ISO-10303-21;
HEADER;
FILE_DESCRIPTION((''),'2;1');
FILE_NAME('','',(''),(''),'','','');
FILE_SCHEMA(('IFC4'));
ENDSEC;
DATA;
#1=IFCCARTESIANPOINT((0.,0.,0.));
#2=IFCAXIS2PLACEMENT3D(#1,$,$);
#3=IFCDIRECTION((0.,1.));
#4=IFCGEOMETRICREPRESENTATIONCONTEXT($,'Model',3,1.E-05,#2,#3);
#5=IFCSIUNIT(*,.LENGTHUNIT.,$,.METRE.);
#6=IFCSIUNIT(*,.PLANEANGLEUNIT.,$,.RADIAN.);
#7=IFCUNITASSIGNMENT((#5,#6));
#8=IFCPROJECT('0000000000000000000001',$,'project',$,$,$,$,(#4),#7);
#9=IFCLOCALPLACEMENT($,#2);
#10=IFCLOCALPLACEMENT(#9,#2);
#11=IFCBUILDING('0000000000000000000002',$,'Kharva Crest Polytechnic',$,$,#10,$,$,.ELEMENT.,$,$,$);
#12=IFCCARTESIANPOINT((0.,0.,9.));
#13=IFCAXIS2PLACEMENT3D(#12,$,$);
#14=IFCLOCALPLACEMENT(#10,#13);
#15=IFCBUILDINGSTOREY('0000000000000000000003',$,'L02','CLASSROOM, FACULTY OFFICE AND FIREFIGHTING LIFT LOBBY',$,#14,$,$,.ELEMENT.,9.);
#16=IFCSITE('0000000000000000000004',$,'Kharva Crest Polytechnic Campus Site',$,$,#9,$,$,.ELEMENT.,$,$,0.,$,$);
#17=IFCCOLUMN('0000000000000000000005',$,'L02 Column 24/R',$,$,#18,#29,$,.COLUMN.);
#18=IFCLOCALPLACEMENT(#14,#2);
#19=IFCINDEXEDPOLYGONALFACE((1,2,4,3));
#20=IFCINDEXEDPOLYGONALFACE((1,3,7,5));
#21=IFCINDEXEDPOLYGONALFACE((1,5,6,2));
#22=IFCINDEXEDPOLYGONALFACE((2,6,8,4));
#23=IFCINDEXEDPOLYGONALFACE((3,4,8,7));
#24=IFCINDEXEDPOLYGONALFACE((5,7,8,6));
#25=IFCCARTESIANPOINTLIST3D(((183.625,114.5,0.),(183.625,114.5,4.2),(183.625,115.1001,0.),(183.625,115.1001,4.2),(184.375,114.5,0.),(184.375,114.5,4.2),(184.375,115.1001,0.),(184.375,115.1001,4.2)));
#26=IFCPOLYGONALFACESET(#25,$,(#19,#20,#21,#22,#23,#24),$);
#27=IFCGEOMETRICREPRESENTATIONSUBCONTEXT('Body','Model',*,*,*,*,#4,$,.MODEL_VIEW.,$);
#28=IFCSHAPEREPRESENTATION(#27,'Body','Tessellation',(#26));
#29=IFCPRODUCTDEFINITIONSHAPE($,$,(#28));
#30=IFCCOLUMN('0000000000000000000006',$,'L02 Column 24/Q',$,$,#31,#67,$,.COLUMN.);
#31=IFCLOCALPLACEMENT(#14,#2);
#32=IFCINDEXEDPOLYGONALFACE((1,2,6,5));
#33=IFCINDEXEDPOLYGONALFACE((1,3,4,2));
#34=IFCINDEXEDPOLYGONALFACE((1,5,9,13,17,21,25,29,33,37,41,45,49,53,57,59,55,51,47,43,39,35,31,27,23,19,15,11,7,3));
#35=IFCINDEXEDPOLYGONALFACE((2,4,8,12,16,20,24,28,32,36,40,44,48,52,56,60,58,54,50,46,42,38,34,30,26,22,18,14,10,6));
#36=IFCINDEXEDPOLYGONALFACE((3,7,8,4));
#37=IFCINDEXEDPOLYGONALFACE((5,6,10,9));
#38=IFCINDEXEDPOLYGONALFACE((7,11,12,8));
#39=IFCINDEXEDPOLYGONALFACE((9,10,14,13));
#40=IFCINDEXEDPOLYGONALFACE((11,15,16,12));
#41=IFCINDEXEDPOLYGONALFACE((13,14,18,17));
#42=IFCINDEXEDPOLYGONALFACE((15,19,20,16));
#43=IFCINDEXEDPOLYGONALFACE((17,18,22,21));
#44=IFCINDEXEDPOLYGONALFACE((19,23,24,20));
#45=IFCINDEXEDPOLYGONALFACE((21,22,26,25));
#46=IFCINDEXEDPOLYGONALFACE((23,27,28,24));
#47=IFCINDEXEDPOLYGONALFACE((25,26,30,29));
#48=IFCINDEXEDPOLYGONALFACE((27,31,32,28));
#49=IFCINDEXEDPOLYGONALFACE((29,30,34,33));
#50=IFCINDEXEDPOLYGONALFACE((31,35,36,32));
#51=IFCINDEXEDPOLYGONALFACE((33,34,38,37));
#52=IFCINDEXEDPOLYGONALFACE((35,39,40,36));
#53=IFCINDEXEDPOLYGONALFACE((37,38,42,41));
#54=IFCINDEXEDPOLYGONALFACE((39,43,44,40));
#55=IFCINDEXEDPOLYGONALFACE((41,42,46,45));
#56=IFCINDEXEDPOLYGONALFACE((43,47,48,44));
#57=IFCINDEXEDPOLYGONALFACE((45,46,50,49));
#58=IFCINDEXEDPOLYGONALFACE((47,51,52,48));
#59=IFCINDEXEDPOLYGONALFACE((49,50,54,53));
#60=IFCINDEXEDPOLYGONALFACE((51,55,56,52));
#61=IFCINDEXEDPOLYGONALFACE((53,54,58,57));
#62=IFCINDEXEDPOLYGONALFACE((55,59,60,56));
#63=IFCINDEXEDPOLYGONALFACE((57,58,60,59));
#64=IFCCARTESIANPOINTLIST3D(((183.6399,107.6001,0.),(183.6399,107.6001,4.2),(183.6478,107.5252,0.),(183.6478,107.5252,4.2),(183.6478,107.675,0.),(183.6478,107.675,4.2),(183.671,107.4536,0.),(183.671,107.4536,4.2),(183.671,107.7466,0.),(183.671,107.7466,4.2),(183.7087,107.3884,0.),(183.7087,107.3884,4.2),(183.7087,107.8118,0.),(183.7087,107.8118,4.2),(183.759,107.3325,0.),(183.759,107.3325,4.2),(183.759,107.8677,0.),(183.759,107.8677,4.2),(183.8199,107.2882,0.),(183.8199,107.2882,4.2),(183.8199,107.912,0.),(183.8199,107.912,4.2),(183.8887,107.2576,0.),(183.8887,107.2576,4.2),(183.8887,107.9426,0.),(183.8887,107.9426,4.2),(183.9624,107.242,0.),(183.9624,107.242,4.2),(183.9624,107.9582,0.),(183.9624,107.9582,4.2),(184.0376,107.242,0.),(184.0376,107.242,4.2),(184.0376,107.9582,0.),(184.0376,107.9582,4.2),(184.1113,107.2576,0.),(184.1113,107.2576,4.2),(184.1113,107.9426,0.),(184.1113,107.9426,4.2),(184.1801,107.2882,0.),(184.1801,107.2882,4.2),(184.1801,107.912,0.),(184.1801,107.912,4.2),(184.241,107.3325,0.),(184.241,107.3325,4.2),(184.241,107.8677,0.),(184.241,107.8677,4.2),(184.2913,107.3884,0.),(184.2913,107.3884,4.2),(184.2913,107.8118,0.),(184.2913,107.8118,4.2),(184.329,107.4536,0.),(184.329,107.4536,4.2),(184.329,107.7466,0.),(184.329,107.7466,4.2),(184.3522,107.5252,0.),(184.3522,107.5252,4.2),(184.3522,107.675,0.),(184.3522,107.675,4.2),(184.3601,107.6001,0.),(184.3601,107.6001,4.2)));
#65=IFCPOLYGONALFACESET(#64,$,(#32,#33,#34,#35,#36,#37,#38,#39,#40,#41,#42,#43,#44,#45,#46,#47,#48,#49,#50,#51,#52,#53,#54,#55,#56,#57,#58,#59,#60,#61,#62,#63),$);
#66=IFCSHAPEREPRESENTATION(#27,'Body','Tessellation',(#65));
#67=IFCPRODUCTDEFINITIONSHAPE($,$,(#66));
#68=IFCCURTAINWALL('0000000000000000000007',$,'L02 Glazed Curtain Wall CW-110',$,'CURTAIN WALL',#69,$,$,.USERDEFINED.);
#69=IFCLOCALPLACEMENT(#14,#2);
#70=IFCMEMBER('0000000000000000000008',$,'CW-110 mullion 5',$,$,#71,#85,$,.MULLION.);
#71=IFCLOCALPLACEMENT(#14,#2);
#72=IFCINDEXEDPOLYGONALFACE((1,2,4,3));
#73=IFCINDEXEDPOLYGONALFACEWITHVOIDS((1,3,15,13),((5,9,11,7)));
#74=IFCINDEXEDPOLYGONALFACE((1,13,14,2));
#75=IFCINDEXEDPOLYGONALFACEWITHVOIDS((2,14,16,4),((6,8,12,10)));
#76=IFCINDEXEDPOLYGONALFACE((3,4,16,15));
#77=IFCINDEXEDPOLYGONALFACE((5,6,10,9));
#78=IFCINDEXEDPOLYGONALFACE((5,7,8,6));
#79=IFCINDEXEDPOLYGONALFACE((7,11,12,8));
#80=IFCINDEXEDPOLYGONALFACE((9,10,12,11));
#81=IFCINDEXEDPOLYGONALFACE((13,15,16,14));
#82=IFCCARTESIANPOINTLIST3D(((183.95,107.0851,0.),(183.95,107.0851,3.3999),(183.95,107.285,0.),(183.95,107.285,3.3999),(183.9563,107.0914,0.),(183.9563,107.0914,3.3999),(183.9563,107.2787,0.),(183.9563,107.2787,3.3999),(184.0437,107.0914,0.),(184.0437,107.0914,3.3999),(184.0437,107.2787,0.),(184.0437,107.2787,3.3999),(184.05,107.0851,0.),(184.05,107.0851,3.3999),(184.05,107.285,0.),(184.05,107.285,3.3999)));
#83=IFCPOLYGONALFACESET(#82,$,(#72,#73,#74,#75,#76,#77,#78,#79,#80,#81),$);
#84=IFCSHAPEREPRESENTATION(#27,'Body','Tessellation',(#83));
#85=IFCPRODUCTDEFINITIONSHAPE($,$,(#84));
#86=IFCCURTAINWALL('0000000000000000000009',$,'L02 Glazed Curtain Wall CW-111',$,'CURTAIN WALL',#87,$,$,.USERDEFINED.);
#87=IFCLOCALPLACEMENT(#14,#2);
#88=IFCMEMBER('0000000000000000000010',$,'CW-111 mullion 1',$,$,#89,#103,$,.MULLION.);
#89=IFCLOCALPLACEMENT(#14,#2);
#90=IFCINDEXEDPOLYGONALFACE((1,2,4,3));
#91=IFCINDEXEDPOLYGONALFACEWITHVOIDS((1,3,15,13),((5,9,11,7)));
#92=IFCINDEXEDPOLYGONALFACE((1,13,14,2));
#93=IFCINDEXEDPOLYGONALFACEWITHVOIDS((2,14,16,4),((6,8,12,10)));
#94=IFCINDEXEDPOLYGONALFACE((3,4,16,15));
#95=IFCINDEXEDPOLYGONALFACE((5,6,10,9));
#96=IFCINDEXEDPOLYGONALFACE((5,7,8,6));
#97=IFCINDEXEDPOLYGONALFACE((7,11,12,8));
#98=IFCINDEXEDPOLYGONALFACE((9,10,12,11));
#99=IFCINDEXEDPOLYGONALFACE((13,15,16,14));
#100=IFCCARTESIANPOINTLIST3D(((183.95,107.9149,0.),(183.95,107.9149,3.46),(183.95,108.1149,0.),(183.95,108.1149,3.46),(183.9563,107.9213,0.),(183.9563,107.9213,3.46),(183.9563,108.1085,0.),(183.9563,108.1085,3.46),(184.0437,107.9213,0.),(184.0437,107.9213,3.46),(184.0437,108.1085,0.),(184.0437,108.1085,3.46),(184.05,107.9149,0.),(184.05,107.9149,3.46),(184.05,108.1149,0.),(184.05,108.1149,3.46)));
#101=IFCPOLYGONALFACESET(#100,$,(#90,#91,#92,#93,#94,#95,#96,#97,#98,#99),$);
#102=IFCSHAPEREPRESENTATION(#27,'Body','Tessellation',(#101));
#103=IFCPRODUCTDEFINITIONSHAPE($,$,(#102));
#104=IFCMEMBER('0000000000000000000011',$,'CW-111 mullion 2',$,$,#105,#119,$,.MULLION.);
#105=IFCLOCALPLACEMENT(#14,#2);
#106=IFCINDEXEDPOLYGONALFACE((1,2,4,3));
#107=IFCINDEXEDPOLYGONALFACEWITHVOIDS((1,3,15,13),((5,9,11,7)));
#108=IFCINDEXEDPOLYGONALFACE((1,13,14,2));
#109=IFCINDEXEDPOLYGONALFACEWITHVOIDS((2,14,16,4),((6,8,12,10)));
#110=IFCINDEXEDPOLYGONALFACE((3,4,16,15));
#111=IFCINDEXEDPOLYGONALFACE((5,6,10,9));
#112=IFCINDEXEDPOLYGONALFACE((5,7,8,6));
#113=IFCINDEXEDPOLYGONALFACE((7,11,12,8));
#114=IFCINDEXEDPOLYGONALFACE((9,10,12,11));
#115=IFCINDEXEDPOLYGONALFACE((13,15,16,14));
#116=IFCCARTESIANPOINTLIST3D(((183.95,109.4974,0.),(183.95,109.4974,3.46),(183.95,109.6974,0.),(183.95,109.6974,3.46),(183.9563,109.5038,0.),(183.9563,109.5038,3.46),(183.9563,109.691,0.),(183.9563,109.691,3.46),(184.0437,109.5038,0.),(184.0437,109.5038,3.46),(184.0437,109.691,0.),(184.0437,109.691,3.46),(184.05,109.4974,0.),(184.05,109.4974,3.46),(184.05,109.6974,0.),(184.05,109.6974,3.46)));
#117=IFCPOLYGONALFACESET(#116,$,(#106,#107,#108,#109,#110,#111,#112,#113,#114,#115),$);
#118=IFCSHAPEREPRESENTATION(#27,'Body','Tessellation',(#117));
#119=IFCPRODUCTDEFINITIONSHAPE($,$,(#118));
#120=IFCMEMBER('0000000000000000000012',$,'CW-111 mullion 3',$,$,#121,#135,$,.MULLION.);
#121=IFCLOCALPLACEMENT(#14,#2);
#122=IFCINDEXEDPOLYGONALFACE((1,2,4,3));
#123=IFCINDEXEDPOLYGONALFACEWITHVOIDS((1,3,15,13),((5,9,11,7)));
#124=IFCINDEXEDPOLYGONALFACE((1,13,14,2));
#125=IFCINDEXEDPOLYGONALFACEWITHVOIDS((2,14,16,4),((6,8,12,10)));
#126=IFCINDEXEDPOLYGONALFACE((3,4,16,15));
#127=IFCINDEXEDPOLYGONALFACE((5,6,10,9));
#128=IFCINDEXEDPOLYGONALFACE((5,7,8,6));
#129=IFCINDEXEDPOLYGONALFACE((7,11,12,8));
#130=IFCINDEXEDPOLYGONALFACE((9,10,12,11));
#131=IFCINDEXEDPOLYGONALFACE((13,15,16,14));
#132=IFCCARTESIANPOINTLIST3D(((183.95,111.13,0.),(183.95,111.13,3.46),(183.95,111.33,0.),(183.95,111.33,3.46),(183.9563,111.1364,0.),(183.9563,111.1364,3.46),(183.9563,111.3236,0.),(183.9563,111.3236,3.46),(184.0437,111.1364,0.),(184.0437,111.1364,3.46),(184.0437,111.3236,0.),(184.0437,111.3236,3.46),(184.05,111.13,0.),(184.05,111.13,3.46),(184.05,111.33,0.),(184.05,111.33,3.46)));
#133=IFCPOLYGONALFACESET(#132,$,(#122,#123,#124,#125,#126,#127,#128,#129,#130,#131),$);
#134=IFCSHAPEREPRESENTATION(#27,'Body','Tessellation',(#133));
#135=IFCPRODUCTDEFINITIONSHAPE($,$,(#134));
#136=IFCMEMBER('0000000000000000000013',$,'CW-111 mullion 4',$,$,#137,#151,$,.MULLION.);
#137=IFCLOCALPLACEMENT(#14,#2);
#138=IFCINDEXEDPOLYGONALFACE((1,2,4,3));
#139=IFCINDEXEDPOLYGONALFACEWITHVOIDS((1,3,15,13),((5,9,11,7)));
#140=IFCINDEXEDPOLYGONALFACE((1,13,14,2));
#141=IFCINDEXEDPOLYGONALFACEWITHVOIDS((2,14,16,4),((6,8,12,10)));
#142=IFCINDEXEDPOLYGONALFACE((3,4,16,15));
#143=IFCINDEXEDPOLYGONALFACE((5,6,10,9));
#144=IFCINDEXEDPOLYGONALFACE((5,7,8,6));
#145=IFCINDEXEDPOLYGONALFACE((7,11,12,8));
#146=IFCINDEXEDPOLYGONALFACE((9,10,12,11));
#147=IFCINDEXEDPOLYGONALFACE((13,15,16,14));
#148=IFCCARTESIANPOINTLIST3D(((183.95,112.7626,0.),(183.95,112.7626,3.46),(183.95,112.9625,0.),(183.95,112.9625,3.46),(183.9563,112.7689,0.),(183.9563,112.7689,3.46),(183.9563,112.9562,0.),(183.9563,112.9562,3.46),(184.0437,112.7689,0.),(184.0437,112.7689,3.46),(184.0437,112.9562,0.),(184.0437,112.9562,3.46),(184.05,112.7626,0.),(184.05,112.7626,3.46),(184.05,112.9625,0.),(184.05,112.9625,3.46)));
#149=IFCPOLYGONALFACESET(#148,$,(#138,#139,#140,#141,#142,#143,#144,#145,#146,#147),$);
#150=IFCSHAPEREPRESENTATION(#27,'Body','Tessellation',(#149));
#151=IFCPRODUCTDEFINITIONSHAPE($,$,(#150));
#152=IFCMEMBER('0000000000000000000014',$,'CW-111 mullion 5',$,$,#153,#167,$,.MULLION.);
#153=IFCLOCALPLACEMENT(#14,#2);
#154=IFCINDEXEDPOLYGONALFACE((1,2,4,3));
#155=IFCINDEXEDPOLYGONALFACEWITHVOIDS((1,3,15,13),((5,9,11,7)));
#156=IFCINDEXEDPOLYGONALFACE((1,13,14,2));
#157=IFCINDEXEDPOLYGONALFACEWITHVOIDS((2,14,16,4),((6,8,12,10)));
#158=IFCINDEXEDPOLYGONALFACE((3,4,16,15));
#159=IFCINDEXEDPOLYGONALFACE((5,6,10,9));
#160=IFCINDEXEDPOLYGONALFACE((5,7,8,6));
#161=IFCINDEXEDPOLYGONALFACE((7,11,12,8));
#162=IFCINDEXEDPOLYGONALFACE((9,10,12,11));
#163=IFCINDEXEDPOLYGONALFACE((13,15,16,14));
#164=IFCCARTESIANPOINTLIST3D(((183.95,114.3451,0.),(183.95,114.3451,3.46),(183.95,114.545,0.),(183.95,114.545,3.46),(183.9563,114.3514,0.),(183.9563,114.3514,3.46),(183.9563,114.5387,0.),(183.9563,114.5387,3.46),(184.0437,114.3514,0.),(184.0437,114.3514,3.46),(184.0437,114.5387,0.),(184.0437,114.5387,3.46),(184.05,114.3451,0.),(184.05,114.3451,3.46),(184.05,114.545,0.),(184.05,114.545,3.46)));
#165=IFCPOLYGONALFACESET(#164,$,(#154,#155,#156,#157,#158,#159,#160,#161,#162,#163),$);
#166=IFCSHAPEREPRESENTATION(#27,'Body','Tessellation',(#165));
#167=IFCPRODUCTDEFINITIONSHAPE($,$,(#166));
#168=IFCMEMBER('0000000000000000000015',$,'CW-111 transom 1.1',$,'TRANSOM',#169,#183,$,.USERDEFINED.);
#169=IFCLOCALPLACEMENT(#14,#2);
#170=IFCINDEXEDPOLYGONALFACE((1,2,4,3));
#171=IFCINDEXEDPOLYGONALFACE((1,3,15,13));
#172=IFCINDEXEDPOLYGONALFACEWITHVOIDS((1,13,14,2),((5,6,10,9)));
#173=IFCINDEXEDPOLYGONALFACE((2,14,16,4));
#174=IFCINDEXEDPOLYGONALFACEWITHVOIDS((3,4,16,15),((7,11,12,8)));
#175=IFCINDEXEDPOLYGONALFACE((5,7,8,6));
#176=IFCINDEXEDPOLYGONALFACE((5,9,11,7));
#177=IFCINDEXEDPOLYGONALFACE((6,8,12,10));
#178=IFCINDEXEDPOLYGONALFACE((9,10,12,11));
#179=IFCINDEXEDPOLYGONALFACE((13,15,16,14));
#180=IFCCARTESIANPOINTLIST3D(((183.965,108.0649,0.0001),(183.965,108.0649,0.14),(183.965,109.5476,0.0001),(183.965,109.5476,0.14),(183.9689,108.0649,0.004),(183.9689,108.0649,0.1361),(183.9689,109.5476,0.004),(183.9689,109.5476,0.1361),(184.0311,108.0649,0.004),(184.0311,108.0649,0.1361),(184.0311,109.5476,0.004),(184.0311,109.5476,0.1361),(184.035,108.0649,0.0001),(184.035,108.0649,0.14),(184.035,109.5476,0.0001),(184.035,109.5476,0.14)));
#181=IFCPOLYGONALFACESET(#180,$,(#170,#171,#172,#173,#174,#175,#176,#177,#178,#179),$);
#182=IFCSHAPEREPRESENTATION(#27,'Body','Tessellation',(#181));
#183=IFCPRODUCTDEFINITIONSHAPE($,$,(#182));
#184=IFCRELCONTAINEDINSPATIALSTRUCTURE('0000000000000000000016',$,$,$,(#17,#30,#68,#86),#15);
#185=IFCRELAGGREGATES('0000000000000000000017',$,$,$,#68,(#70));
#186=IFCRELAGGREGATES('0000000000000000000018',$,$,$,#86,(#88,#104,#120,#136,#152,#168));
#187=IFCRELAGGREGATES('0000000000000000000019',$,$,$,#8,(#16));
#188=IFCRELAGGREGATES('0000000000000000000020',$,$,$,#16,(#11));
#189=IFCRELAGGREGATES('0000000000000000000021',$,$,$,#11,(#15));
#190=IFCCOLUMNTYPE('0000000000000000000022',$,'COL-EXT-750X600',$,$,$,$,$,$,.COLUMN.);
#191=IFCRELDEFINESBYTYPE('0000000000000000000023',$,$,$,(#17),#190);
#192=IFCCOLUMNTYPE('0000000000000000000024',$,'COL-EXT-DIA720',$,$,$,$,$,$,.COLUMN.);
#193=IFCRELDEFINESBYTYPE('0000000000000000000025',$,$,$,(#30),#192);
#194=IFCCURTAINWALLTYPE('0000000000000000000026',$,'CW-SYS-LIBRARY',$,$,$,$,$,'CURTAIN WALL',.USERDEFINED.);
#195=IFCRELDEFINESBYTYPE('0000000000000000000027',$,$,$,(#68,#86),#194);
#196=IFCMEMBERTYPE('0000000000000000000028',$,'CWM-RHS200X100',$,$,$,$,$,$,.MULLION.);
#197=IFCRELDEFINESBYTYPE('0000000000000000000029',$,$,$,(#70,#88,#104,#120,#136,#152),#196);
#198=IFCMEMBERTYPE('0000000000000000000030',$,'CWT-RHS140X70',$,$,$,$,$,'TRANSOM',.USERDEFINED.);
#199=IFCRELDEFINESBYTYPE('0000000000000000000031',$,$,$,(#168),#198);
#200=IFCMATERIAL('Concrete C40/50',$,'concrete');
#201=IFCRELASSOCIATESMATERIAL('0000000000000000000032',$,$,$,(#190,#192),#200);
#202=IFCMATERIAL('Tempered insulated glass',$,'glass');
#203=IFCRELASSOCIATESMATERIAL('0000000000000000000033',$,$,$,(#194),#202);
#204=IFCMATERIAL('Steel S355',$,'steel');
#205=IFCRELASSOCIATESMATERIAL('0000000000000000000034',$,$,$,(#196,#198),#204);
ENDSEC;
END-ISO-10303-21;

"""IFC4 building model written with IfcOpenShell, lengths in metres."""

from ifc_helpers import new_model, si_unit, direction, frame, origin, origin_2d, place, context, subcontext, project, spatial, rectangle, hollow_rectangle, circle, extrude, material, material_profile, profile_set, type_object, element, aggregate, save


model = new_model("IFC4")

# Units and contexts
model_context = context("Model", 3, precision=1e-05, world=origin(), true_north=direction((0.0, 1.0)))
body_context = subcontext(model_context, "Body", "Model", "MODEL_VIEW")
ifc_project = project(units=[si_unit("LENGTHUNIT", "METRE"), si_unit("PLANEANGLEUNIT", "RADIAN")], contexts=[model_context])

# Site, building, storey
site_placement = place(None, origin())
site = spatial("IfcSite", under=ifc_project, at=site_placement, Name="Kharva Crest Polytechnic Campus Site", CompositionType="ELEMENT", RefElevation=0.0)
building_placement = place(site_placement, origin())
building = spatial("IfcBuilding", under=site, at=building_placement, Name="Kharva Crest Polytechnic", CompositionType="ELEMENT")
storey_placement = place(building_placement, frame((0.0, 0.0, 9.0)))
storey = spatial("IfcBuildingStorey", under=building, at=storey_placement, Name="L02", Description="CLASSROOM, FACULTY OFFICE AND FIREFIGHTING LIFT LOBBY", CompositionType="ELEMENT", Elevation=9.0)

# Columns
ifc_material_1 = material(Name="Concrete C40/50", Category="concrete")
ifc_material_profile_1 = material_profile(ifc_material_1, rectangle(XDim=0.75, YDim=0.6001, at=origin_2d()), Name="RECT 750 X 600")
ifc_profile_set_1 = profile_set([ifc_material_profile_1], Name="Concrete C40/50")
column_type_1 = type_object("IfcColumnType", Name="COL-EXT-750X600", PredefinedType="COLUMN", material=ifc_profile_set_1)
column_1_placement = place(storey_placement, frame((184.0, 114.8, 0.0), z_axis=(0.0, 0.0, 1.0), x_axis=(1.0, 0.0, 0.0)))
element("IfcColumn", 1, at=column_1_placement, inside=storey, type_object=column_type_1, Name="L02 Column 24/R", PredefinedType="COLUMN", context=body_context, shape_type="SweptSolid", body=[
    extrude(rectangle(XDim=0.75, YDim=0.6001, at=origin_2d()), origin(), (0.0, 0.0, 1.0), 4.2),
])
ifc_material_profile_2 = material_profile(ifc_material_1, circle(Radius=0.3601, at=origin_2d()), Name="DIA 720")
ifc_profile_set_2 = profile_set([ifc_material_profile_2], Name="Concrete C40/50")
column_type_2 = type_object("IfcColumnType", Name="COL-EXT-DIA720", PredefinedType="COLUMN", material=ifc_profile_set_2)
column_2_placement = place(storey_placement, frame((184.0, 107.6001, 0.0), z_axis=(0.0, 0.0, 1.0), x_axis=(1.0, 0.0, 0.0)))
element("IfcColumn", 2, at=column_2_placement, inside=storey, type_object=column_type_2, Name="L02 Column 24/Q", PredefinedType="COLUMN", context=body_context, shape_type="SweptSolid", body=[
    extrude(circle(Radius=0.3601, at=origin_2d()), origin(), (0.0, 0.0, 1.0), 4.2),
])

# Curtain wall, member
ifc_material_2 = material(Name="Tempered insulated glass", Category="glass")
curtain_wall_type = type_object("IfcCurtainWallType", Name="CW-SYS-LIBRARY", ElementType="CURTAIN WALL", PredefinedType="USERDEFINED", material=ifc_material_2)
curtain_wall_1_placement = place(storey_placement, origin())
curtain_wall_1 = element("IfcCurtainWall", 3, at=curtain_wall_1_placement, inside=storey, type_object=curtain_wall_type, Name="L02 Glazed Curtain Wall CW-110", ObjectType="CURTAIN WALL", PredefinedType="USERDEFINED")
ifc_material_3 = material(Name="Steel S355", Category="steel")
ifc_material_profile_3 = material_profile(ifc_material_3, hollow_rectangle(XDim=0.1001, YDim=0.2, WallThickness=0.0063, at=origin_2d()), Name="RHS 200X100X6.3")
ifc_profile_set_3 = profile_set([ifc_material_profile_3], Name="Steel S355")
member_type_1 = type_object("IfcMemberType", Name="CWM-RHS200X100", PredefinedType="MULLION", material=ifc_profile_set_3)
member_1_placement = place(storey_placement, frame((184.0, 107.1851, 0.0), z_axis=(0.0, 0.0, 1.0), x_axis=(-1.0, 0.0, 0.0)))
member_1 = element("IfcMember", 4, at=member_1_placement, type_object=member_type_1, Name="CW-110 mullion 5", PredefinedType="MULLION", context=body_context, shape_type="SweptSolid", body=[
    extrude(hollow_rectangle(XDim=0.1001, YDim=0.2, WallThickness=0.0063, at=origin_2d()), origin(), (0.0, 0.0, 1.0), 3.3999),
])
aggregate(curtain_wall_1, [member_1])

# Curtain wall, members
curtain_wall_2_placement = place(storey_placement, origin())
curtain_wall_2 = element("IfcCurtainWall", 5, at=curtain_wall_2_placement, inside=storey, type_object=curtain_wall_type, Name="L02 Glazed Curtain Wall CW-111", ObjectType="CURTAIN WALL", PredefinedType="USERDEFINED")
member_2_placement = place(storey_placement, frame((184.0, 108.0149, 0.0), z_axis=(0.0, 0.0, 1.0), x_axis=(-1.0, 0.0, 0.0)))
member_2 = element("IfcMember", 6, at=member_2_placement, type_object=member_type_1, Name="CW-111 mullion 1", PredefinedType="MULLION", context=body_context, shape_type="SweptSolid", body=[
    extrude(hollow_rectangle(XDim=0.1001, YDim=0.2, WallThickness=0.0063, at=origin_2d()), origin(), (0.0, 0.0, 1.0), 3.46),
])
member_3_placement = place(storey_placement, frame((184.0, 109.5974, 0.0), z_axis=(0.0, 0.0, 1.0), x_axis=(-1.0, 0.0, 0.0)))
member_3 = element("IfcMember", 7, at=member_3_placement, type_object=member_type_1, Name="CW-111 mullion 2", PredefinedType="MULLION", context=body_context, shape_type="SweptSolid", body=[
    extrude(hollow_rectangle(XDim=0.1001, YDim=0.2, WallThickness=0.0063, at=origin_2d()), origin(), (0.0, 0.0, 1.0), 3.46),
])
member_4_placement = place(storey_placement, frame((184.0, 111.23, 0.0), z_axis=(0.0, 0.0, 1.0), x_axis=(-1.0, 0.0, 0.0)))
member_4 = element("IfcMember", 8, at=member_4_placement, type_object=member_type_1, Name="CW-111 mullion 3", PredefinedType="MULLION", context=body_context, shape_type="SweptSolid", body=[
    extrude(hollow_rectangle(XDim=0.1001, YDim=0.2, WallThickness=0.0063, at=origin_2d()), origin(), (0.0, 0.0, 1.0), 3.46),
])
member_5_placement = place(storey_placement, frame((184.0, 112.8625, 0.0), z_axis=(0.0, 0.0, 1.0), x_axis=(-1.0, 0.0, 0.0)))
member_5 = element("IfcMember", 9, at=member_5_placement, type_object=member_type_1, Name="CW-111 mullion 4", PredefinedType="MULLION", context=body_context, shape_type="SweptSolid", body=[
    extrude(hollow_rectangle(XDim=0.1001, YDim=0.2, WallThickness=0.0063, at=origin_2d()), origin(), (0.0, 0.0, 1.0), 3.46),
])
member_6_placement = place(storey_placement, frame((184.0, 114.4451, 0.0), z_axis=(0.0, 0.0, 1.0), x_axis=(-1.0, 0.0, 0.0)))
member_6 = element("IfcMember", 10, at=member_6_placement, type_object=member_type_1, Name="CW-111 mullion 5", PredefinedType="MULLION", context=body_context, shape_type="SweptSolid", body=[
    extrude(hollow_rectangle(XDim=0.1001, YDim=0.2, WallThickness=0.0063, at=origin_2d()), origin(), (0.0, 0.0, 1.0), 3.46),
])
ifc_material_profile_4 = material_profile(ifc_material_3, hollow_rectangle(XDim=0.0701, YDim=0.1399, WallThickness=0.0039, at=origin_2d()), Name="RHS 140X70X4.0")
ifc_profile_set_4 = profile_set([ifc_material_profile_4], Name="Steel S355")
member_type_2 = type_object("IfcMemberType", Name="CWT-RHS140X70", ElementType="TRANSOM", PredefinedType="USERDEFINED", material=ifc_profile_set_4)
member_7_placement = place(storey_placement, frame((184.0, 108.0649, 0.0701), z_axis=(0.0, 1.0, 0.0), x_axis=(-1.0, 0.0, 0.0)))
member_7 = element("IfcMember", 11, at=member_7_placement, type_object=member_type_2, Name="CW-111 transom 1.1", ObjectType="TRANSOM", PredefinedType="USERDEFINED", context=body_context, shape_type="SweptSolid", body=[
    extrude(hollow_rectangle(XDim=0.0701, YDim=0.1399, WallThickness=0.0039, at=origin_2d()), origin(), (0.0, 0.0, 1.0), 1.4827),
])

aggregate(curtain_wall_2, [member_2, member_3, member_4, member_5, member_6, member_7])

save(model, "model.ifc")
